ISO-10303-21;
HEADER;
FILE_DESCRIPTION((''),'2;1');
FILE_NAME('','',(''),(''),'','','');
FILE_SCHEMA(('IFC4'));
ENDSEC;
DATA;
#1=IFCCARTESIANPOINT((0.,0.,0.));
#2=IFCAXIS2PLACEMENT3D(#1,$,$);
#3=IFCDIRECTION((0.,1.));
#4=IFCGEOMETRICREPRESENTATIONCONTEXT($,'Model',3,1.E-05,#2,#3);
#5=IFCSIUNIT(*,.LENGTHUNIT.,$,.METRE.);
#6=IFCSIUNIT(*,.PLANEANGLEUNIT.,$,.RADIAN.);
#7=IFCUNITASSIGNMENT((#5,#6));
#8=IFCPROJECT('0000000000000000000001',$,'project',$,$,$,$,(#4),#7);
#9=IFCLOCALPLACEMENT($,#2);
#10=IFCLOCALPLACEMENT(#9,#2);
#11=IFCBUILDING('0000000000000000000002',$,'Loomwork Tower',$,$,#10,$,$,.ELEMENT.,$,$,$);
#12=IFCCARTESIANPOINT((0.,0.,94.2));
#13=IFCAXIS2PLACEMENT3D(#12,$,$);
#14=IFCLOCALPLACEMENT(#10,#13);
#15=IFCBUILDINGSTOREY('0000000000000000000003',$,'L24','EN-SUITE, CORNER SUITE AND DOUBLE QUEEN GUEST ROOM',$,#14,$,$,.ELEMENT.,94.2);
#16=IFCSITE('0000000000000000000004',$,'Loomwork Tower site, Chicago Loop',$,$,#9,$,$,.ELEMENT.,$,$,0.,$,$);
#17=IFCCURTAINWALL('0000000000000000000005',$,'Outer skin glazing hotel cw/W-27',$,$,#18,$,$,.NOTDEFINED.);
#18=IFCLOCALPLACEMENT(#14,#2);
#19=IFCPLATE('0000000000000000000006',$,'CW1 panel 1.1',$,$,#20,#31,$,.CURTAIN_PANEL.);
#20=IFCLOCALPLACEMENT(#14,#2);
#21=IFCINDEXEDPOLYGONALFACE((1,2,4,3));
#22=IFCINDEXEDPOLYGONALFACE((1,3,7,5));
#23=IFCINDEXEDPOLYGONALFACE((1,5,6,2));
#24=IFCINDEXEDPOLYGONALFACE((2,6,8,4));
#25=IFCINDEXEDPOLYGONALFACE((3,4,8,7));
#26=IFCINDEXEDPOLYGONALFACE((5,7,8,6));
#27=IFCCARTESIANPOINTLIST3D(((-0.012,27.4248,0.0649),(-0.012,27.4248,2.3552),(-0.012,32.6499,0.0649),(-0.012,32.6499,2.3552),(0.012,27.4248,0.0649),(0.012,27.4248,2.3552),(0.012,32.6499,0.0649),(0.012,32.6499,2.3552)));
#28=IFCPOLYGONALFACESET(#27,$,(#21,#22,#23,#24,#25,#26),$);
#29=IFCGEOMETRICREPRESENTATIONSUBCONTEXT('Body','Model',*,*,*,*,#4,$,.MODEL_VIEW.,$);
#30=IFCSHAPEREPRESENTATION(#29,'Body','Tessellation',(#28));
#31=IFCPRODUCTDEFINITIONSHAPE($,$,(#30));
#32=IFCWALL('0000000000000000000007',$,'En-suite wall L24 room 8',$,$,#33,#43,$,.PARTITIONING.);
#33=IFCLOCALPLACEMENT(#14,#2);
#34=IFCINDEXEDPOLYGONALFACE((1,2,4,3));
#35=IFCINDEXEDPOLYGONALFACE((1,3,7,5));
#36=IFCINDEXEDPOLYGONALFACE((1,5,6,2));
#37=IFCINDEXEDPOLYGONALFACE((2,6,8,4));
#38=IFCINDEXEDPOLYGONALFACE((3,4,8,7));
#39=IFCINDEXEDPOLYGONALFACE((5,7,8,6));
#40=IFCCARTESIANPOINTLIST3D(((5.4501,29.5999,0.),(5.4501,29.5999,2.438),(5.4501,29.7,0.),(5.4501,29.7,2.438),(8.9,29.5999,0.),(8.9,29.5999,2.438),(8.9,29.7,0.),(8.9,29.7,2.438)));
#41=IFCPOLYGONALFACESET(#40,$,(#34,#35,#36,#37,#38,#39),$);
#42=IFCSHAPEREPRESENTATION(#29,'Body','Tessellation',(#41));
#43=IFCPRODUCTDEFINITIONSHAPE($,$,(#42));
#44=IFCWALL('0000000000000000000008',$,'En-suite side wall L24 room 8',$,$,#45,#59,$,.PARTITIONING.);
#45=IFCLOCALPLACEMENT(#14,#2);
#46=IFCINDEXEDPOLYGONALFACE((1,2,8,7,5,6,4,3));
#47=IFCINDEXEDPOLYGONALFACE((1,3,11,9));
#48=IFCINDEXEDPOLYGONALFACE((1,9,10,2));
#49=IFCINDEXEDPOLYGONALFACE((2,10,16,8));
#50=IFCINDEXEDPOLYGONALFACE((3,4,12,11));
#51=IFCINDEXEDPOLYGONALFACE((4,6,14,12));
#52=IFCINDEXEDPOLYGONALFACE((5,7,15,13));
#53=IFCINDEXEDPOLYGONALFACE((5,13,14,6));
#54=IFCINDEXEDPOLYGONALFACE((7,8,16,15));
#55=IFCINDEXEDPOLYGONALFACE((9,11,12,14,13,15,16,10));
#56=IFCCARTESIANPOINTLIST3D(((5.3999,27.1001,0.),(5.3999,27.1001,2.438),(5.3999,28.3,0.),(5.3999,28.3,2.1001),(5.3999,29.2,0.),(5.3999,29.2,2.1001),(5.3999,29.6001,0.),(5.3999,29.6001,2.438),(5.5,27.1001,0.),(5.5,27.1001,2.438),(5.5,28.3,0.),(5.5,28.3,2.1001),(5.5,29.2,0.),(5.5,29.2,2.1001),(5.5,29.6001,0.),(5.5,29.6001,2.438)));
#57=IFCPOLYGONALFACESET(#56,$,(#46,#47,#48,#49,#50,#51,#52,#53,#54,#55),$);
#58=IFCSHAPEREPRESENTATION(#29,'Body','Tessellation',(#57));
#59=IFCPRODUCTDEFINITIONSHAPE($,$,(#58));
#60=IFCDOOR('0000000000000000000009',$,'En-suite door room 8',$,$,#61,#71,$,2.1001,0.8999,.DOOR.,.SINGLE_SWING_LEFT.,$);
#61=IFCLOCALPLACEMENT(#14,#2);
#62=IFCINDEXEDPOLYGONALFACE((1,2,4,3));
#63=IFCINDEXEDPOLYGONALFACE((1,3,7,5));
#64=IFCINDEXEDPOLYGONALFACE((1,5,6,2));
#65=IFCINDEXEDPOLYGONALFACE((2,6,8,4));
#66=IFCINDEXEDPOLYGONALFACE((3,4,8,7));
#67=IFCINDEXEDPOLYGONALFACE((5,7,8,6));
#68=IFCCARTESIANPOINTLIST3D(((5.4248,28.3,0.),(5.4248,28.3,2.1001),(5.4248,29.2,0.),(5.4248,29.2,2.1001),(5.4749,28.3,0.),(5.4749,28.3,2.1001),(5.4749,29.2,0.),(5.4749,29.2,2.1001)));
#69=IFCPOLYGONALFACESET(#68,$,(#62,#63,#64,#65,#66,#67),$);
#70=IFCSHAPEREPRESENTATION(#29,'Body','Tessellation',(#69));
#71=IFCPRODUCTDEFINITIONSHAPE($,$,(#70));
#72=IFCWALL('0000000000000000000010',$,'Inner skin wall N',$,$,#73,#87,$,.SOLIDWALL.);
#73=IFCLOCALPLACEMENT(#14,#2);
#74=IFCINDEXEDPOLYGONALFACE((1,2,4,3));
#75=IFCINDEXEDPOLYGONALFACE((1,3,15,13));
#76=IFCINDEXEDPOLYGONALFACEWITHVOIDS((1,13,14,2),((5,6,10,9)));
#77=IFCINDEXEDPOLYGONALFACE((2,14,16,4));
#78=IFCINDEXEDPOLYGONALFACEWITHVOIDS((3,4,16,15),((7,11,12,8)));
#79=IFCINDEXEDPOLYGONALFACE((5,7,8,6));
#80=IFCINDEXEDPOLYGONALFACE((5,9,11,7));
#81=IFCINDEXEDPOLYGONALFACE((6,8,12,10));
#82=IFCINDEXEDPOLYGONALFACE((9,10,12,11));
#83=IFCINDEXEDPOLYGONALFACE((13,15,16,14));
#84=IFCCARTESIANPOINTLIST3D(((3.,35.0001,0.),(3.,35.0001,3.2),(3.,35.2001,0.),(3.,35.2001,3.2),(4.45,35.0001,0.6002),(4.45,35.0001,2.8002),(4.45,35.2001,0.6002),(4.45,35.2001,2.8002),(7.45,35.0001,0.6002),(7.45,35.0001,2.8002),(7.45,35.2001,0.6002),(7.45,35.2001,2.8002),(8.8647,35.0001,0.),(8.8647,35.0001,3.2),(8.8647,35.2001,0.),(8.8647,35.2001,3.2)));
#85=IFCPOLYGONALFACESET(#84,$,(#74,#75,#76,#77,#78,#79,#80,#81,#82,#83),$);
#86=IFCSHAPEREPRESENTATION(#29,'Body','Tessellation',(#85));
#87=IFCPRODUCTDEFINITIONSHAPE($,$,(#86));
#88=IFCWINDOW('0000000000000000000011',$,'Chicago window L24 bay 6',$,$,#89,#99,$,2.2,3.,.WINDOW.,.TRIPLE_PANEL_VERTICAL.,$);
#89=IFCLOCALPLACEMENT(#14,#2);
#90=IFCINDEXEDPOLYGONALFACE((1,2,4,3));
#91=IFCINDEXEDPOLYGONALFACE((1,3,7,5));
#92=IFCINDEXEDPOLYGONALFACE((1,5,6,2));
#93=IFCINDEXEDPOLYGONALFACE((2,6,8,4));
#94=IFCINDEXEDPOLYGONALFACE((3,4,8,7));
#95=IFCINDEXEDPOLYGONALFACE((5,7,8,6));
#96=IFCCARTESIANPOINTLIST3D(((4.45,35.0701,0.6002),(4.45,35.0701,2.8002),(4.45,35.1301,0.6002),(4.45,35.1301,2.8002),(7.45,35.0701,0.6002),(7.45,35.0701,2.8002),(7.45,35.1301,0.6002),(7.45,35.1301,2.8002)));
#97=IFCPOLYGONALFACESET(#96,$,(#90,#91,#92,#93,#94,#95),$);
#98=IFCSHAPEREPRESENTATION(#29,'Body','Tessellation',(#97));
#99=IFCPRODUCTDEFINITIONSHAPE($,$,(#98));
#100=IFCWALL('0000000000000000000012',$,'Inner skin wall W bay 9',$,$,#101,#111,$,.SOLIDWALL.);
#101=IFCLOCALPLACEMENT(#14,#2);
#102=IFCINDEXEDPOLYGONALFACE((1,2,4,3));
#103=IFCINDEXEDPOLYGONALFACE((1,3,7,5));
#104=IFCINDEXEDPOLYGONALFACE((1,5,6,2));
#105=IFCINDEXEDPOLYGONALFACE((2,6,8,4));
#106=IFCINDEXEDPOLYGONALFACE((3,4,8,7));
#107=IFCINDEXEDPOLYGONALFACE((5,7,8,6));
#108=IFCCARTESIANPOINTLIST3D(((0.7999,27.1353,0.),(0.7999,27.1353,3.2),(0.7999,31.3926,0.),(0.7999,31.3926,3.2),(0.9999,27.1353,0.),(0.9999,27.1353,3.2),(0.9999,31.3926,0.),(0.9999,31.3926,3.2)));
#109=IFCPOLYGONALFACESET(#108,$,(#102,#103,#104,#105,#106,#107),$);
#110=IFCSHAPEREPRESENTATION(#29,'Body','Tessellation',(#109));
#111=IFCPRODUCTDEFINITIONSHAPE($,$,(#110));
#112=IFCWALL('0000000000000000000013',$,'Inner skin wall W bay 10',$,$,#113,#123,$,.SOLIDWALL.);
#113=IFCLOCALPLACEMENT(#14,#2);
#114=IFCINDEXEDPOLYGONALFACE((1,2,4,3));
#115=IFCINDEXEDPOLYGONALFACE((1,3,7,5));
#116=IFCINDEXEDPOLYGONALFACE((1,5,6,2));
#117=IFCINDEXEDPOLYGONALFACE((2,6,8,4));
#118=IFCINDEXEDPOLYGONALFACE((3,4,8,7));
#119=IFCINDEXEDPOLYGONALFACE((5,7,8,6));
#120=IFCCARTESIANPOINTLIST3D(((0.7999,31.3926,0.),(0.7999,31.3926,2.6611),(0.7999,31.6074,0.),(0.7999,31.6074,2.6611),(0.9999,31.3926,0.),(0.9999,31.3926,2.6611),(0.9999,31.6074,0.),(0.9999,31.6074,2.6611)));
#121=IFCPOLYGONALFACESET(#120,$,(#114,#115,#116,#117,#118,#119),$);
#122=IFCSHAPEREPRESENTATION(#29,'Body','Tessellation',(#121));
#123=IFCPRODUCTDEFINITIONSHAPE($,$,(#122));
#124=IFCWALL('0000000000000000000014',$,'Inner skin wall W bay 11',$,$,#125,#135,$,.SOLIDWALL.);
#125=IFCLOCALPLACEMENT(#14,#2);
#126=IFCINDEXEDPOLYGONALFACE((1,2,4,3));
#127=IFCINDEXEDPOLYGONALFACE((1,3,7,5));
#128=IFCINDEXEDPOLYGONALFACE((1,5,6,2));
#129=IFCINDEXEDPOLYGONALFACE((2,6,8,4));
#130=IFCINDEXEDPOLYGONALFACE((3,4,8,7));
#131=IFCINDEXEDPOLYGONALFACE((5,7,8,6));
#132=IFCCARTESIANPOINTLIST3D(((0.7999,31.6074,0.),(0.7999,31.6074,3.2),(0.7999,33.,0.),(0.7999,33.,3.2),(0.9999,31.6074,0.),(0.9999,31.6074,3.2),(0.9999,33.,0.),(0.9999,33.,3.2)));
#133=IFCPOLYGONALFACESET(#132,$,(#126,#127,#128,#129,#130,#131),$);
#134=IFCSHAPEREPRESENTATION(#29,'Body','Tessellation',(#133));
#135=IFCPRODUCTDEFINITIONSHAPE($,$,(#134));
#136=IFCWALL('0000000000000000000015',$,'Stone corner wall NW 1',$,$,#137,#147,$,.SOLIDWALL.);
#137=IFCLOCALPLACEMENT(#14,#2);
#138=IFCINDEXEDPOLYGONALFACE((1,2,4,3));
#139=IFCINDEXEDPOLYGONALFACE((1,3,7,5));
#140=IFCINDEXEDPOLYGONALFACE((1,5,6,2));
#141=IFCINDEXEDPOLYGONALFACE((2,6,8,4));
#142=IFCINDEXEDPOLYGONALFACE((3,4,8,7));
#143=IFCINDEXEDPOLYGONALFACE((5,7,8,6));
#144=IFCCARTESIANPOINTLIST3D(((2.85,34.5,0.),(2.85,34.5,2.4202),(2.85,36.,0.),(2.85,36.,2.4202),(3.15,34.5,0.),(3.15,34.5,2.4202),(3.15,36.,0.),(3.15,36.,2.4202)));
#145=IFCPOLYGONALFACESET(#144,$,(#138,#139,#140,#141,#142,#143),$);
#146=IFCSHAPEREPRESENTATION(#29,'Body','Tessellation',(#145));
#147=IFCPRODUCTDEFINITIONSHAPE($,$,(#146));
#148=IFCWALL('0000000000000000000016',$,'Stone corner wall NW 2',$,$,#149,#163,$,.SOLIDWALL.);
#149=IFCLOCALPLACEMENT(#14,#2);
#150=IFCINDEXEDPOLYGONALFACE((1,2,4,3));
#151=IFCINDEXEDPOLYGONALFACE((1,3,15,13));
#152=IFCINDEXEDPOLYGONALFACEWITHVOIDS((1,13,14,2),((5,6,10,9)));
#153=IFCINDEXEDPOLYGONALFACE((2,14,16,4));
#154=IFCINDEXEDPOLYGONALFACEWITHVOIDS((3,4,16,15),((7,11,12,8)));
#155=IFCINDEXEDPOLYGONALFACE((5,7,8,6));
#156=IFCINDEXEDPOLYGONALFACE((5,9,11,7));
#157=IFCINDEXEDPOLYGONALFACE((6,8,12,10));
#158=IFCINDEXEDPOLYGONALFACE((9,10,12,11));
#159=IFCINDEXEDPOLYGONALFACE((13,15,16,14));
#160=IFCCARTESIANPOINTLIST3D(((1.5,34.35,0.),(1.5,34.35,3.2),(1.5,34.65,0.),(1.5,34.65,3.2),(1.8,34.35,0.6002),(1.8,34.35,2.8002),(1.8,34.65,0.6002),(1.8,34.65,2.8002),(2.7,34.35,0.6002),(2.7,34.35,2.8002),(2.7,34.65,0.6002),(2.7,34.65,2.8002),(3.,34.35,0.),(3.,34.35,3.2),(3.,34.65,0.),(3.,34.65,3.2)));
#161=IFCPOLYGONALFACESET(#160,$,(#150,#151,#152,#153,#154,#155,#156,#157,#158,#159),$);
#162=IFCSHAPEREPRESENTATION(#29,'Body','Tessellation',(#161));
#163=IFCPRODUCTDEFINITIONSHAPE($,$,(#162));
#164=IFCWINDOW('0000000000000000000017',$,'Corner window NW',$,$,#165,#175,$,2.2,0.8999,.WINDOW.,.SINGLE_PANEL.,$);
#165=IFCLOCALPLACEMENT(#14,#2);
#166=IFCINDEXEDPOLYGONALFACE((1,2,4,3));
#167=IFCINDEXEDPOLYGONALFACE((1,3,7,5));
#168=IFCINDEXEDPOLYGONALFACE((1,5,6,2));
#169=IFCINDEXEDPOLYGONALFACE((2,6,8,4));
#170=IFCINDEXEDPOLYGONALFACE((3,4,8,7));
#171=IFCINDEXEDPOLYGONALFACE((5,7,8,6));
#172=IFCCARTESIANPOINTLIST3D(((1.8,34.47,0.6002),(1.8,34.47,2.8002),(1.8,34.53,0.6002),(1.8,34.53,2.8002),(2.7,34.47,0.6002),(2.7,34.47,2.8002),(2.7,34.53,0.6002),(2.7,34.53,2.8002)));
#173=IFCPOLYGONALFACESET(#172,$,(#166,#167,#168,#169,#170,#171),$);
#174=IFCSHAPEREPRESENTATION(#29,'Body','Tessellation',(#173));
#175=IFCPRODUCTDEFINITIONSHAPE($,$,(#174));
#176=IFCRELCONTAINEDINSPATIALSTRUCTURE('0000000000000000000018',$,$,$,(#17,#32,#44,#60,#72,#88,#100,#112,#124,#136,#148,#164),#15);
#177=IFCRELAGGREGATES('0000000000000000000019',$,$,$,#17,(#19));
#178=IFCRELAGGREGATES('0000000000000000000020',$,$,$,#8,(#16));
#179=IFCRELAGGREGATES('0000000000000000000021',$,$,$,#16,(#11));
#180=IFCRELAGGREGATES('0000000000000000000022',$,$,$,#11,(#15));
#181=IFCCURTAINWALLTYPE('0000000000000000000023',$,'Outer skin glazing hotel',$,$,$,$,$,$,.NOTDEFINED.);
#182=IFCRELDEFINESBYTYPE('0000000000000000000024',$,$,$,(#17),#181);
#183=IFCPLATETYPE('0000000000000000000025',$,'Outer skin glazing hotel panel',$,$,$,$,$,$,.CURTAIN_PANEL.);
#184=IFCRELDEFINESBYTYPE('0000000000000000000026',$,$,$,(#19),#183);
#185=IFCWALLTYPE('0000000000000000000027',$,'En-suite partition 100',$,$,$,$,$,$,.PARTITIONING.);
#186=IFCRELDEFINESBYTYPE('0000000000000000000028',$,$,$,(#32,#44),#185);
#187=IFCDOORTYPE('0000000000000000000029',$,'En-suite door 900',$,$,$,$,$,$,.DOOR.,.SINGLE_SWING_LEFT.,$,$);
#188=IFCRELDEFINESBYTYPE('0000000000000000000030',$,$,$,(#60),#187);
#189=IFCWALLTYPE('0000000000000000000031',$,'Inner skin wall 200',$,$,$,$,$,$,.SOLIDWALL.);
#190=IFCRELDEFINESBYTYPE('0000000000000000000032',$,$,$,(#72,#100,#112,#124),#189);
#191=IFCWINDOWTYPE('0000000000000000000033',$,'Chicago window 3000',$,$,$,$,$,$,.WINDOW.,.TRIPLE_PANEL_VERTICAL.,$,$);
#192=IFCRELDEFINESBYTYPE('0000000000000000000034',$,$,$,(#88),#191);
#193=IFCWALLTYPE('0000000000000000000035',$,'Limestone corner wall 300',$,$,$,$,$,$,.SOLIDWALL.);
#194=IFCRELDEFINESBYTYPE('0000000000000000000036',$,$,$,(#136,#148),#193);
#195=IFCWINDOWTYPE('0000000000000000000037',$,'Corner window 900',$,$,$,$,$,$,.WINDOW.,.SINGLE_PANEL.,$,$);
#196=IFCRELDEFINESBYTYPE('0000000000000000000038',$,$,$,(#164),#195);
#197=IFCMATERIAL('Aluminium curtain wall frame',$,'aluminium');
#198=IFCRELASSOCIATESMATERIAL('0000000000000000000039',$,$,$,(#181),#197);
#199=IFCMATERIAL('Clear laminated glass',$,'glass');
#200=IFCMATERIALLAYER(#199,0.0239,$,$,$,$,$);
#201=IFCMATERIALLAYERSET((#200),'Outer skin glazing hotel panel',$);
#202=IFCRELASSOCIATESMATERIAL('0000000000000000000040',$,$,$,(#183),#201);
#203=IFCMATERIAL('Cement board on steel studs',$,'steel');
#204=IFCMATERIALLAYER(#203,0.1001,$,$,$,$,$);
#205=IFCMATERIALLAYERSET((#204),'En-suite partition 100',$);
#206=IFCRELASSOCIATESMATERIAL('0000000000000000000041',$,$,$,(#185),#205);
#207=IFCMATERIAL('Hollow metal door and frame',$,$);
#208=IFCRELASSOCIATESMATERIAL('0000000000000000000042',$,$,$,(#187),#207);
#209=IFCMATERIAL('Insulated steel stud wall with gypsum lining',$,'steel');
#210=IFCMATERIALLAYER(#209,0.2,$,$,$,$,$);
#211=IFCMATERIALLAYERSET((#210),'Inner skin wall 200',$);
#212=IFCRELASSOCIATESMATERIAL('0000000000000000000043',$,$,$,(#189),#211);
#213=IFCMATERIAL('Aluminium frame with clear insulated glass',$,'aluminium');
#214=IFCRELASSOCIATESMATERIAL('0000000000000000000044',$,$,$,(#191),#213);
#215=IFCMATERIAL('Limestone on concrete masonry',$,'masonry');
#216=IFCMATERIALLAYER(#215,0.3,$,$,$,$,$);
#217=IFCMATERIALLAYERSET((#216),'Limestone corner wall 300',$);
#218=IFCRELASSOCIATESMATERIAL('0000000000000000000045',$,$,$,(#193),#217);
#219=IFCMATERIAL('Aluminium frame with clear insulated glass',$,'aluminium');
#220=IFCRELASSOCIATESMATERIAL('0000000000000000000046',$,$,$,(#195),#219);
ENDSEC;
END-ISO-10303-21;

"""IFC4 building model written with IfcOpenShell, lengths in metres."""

from ifc_helpers import new_model, si_unit, direction, frame, frame_2d, origin, origin_2d, place, context, subcontext, project, spatial, rectangle, extrude, material, layer, layer_set, type_object, element, fill, aggregate, save


model = new_model("IFC4")

# Units and contexts
model_context = context("Model", 3, precision=1e-05, world=origin(), true_north=direction((0.0, 1.0)))
body_context = subcontext(model_context, "Body", "Model", "MODEL_VIEW")
ifc_project = project(units=[si_unit("LENGTHUNIT", "METRE"), si_unit("PLANEANGLEUNIT", "RADIAN")], contexts=[model_context])

# Site, building, storey
site_placement = place(None, origin())
site = spatial("IfcSite", under=ifc_project, at=site_placement, Name="Loomwork Tower site, Chicago Loop", CompositionType="ELEMENT", RefElevation=0.0)
building_placement = place(site_placement, origin())
building = spatial("IfcBuilding", under=site, at=building_placement, Name="Loomwork Tower", CompositionType="ELEMENT")
storey_placement = place(building_placement, frame((0.0, 0.0, 94.2)))
storey = spatial("IfcBuildingStorey", under=building, at=storey_placement, Name="L24", Description="EN-SUITE, CORNER SUITE AND DOUBLE QUEEN GUEST ROOM", CompositionType="ELEMENT", Elevation=94.2)

# Curtain wall
ifc_material_1 = material(Name="Aluminium curtain wall frame", Category="aluminium")
curtain_wall_type = type_object("IfcCurtainWallType", Name="Outer skin glazing hotel", PredefinedType="NOTDEFINED", material=ifc_material_1)
curtain_wall_1_placement = place(storey_placement, origin())
curtain_wall_1 = element("IfcCurtainWall", 1, at=curtain_wall_1_placement, inside=storey, type_object=curtain_wall_type, Name="Outer skin glazing hotel cw/W-27", PredefinedType="NOTDEFINED")

# Plate
ifc_material_2 = material(Name="Clear laminated glass", Category="glass")
ifc_layer_1 = layer(ifc_material_2, 0.0239)
ifc_layer_set_1 = layer_set([ifc_layer_1], Name="Outer skin glazing hotel panel")
plate_type = type_object("IfcPlateType", Name="Outer skin glazing hotel panel", PredefinedType="CURTAIN_PANEL", material=ifc_layer_set_1)
plate_1_placement = place(storey_placement, frame((0.0, 30.0374, 0.0649), z_axis=(0.0, 0.0, 1.0), x_axis=(0.0, -1.0, 0.0)))
plate_1 = element("IfcPlate", 2, at=plate_1_placement, type_object=plate_type, Name="CW1 panel 1.1", PredefinedType="CURTAIN_PANEL", context=body_context, shape_type="SweptSolid", body=[
    extrude(rectangle(XDim=5.2251, YDim=0.0239, at=origin_2d()), origin(), (0.0, 0.0, 1.0), 2.2903),
])
aggregate(curtain_wall_1, [plate_1])

# Wall
ifc_material_3 = material(Name="Cement board on steel studs", Category="steel")
ifc_layer_2 = layer(ifc_material_3, 0.1001)
ifc_layer_set_2 = layer_set([ifc_layer_2], Name="En-suite partition 100")
wall_type_1 = type_object("IfcWallType", Name="En-suite partition 100", PredefinedType="PARTITIONING", material=ifc_layer_set_2)
wall_1_placement = place(storey_placement, frame((5.45, 29.6499, 0.0), z_axis=(0.0, 0.0, 1.0), x_axis=(1.0, 0.0, 0.0)))
element("IfcWall", 3, at=wall_1_placement, inside=storey, type_object=wall_type_1, Name="En-suite wall L24 room 8", PredefinedType="PARTITIONING", context=body_context, shape_type="SweptSolid", body=[
    extrude(rectangle(XDim=3.45, YDim=0.1001, at=frame_2d((1.7251, 0.0))), origin(), (0.0, 0.0, 1.0), 2.438),
])

# Wall, opening, door
wall_2_placement = place(storey_placement, frame((5.45, 27.1001, 0.0), z_axis=(0.0, 0.0, 1.0), x_axis=(0.0, 1.0, 0.0)))
wall_2 = element("IfcWall", 4, at=wall_2_placement, inside=storey, type_object=wall_type_1, Name="En-suite side wall L24 room 8", PredefinedType="PARTITIONING", context=body_context, shape_type="SweptSolid", body=[
    extrude(rectangle(XDim=2.5, YDim=0.1001, at=frame_2d((1.25, 0.0))), origin(), (0.0, 0.0, 1.0), 2.438),
])
opening_1_placement = place(wall_2_placement, frame((1.2, 0.0, 0.0)))
opening_1 = element("IfcOpeningElement", 5, at=opening_1_placement, cuts=wall_2, PredefinedType="OPENING", context=body_context, shape_type="SweptSolid", body=[
    extrude(rectangle(XDim=0.8999, YDim=2.1001, at=frame_2d((0.45, 1.05))), frame((0.0, 0.0601, 0.0), z_axis=(0.0, -1.0, 0.0), x_axis=(1.0, 0.0, 0.0)), (0.0, 0.0, 1.0), 0.1201),
])
ifc_material_4 = material(Name="Hollow metal door and frame")
door_type = type_object("IfcDoorType", Name="En-suite door 900", OperationType="SINGLE_SWING_LEFT", PredefinedType="DOOR", material=ifc_material_4)
door_placement = place(opening_1_placement, frame((0.8999, 0.0, 0.0), z_axis=(0.0, 0.0, 1.0), x_axis=(-1.0, 0.0, 0.0)))
door = element("IfcDoor", 6, at=door_placement, inside=storey, type_object=door_type, Name="En-suite door room 8", OperationType="SINGLE_SWING_LEFT", OverallHeight=2.1001, OverallWidth=0.8999, PredefinedType="DOOR", context=body_context, shape_type="SweptSolid", body=[
    extrude(rectangle(XDim=0.8999, YDim=2.1001, at=frame_2d((0.45, 1.05))), frame((0.0, 0.0249, 0.0), z_axis=(0.0, -1.0, 0.0), x_axis=(1.0, 0.0, 0.0)), (0.0, 0.0, 1.0), 0.05),
])
fill(opening_1, door)

# Wall, opening, window
ifc_material_5 = material(Name="Insulated steel stud wall with gypsum lining", Category="steel")
ifc_layer_3 = layer(ifc_material_5, 0.2)
ifc_layer_set_3 = layer_set([ifc_layer_3], Name="Inner skin wall 200")
wall_type_2 = type_object("IfcWallType", Name="Inner skin wall 200", PredefinedType="SOLIDWALL", material=ifc_layer_set_3)
wall_3_placement = place(storey_placement, frame((3.0, 35.1001, 0.0), z_axis=(0.0, 0.0, 1.0), x_axis=(1.0, 0.0, 0.0)))
wall_3 = element("IfcWall", 7, at=wall_3_placement, inside=storey, type_object=wall_type_2, Name="Inner skin wall N", PredefinedType="SOLIDWALL", context=body_context, shape_type="SweptSolid", body=[
    extrude(rectangle(XDim=5.8647, YDim=0.2, at=frame_2d((2.9324, 0.0))), origin(), (0.0, 0.0, 1.0), 3.2),
])
opening_2_placement = place(wall_3_placement, frame((1.45, 0.0, 0.6001)))
opening_2 = element("IfcOpeningElement", 8, at=opening_2_placement, cuts=wall_3, PredefinedType="OPENING", context=body_context, shape_type="SweptSolid", body=[
    extrude(rectangle(XDim=3.0, YDim=2.2, at=frame_2d((1.5, 1.1001))), frame((0.0, 0.1099, 0.0), z_axis=(0.0, -1.0, 0.0), x_axis=(1.0, 0.0, 0.0)), (0.0, 0.0, 1.0), 0.22),
])
ifc_material_6 = material(Name="Aluminium frame with clear insulated glass", Category="aluminium")
window_type_1 = type_object("IfcWindowType", Name="Chicago window 3000", PartitioningType="TRIPLE_PANEL_VERTICAL", PredefinedType="WINDOW", material=ifc_material_6)
window_1_placement = place(opening_2_placement, origin())
window_1 = element("IfcWindow", 9, at=window_1_placement, inside=storey, type_object=window_type_1, Name="Chicago window L24 bay 6", OverallHeight=2.2, OverallWidth=3.0, PartitioningType="TRIPLE_PANEL_VERTICAL", PredefinedType="WINDOW", context=body_context, shape_type="SweptSolid", body=[
    extrude(rectangle(XDim=3.0, YDim=2.2, at=frame_2d((1.5, 1.1001))), frame((0.0, 0.03, 0.0), z_axis=(0.0, -1.0, 0.0), x_axis=(1.0, 0.0, 0.0)), (0.0, 0.0, 1.0), 0.0601),
])
fill(opening_2, window_1)

# Walls
wall_4_placement = place(storey_placement, frame((0.8999, 27.1353, 0.0), z_axis=(0.0, 0.0, 1.0), x_axis=(0.0, 1.0, 0.0)))
element("IfcWall", 10, at=wall_4_placement, inside=storey, type_object=wall_type_2, Name="Inner skin wall W bay 9", PredefinedType="SOLIDWALL", context=body_context, shape_type="SweptSolid", body=[
    extrude(rectangle(XDim=4.2573, YDim=0.2, at=frame_2d((2.1287, 0.0))), origin(), (0.0, 0.0, 1.0), 3.2),
])
wall_5_placement = place(storey_placement, frame((0.8999, 31.3926, 0.0), z_axis=(0.0, 0.0, 1.0), x_axis=(0.0, 1.0, 0.0)))
element("IfcWall", 11, at=wall_5_placement, inside=storey, type_object=wall_type_2, Name="Inner skin wall W bay 10", PredefinedType="SOLIDWALL", context=body_context, shape_type="SweptSolid", body=[
    extrude(rectangle(XDim=0.2148, YDim=0.2, at=frame_2d((0.1074, 0.0))), origin(), (0.0, 0.0, 1.0), 2.6611),
])
wall_6_placement = place(storey_placement, frame((0.8999, 31.6074, 0.0), z_axis=(0.0, 0.0, 1.0), x_axis=(0.0, 1.0, 0.0)))
element("IfcWall", 12, at=wall_6_placement, inside=storey, type_object=wall_type_2, Name="Inner skin wall W bay 11", PredefinedType="SOLIDWALL", context=body_context, shape_type="SweptSolid", body=[
    extrude(rectangle(XDim=1.3926, YDim=0.2, at=frame_2d((0.6963, 0.0))), origin(), (0.0, 0.0, 1.0), 3.2),
])
ifc_material_7 = material(Name="Limestone on concrete masonry", Category="masonry")
ifc_layer_4 = layer(ifc_material_7, 0.3)
ifc_layer_set_4 = layer_set([ifc_layer_4], Name="Limestone corner wall 300")
wall_type_3 = type_object("IfcWallType", Name="Limestone corner wall 300", PredefinedType="SOLIDWALL", material=ifc_layer_set_4)
wall_7_placement = place(storey_placement, frame((3.0, 36.0, 0.0), z_axis=(0.0, 0.0, 1.0), x_axis=(0.0, -1.0, 0.0)))
element("IfcWall", 13, at=wall_7_placement, inside=storey, type_object=wall_type_3, Name="Stone corner wall NW 1", PredefinedType="SOLIDWALL", context=body_context, shape_type="SweptSolid", body=[
    extrude(rectangle(XDim=1.5, YDim=0.3, at=frame_2d((0.75, 0.0))), origin(), (0.0, 0.0, 1.0), 2.4202),
])

# Wall, opening, window
wall_8_placement = place(storey_placement, frame((3.0, 34.5, 0.0), z_axis=(0.0, 0.0, 1.0), x_axis=(-1.0, 0.0, 0.0)))
wall_8 = element("IfcWall", 14, at=wall_8_placement, inside=storey, type_object=wall_type_3, Name="Stone corner wall NW 2", PredefinedType="SOLIDWALL", context=body_context, shape_type="SweptSolid", body=[
    extrude(rectangle(XDim=1.5, YDim=0.3, at=frame_2d((0.75, 0.0))), origin(), (0.0, 0.0, 1.0), 3.2),
])
opening_3_placement = place(wall_8_placement, frame((0.3, 0.0, 0.6001)))
opening_3 = element("IfcOpeningElement", 15, at=opening_3_placement, cuts=wall_8, PredefinedType="OPENING", context=body_context, shape_type="SweptSolid", body=[
    extrude(rectangle(XDim=0.8999, YDim=2.2, at=frame_2d((0.45, 1.1001))), frame((0.0, 0.1599, 0.0), z_axis=(0.0, -1.0, 0.0), x_axis=(1.0, 0.0, 0.0)), (0.0, 0.0, 1.0), 0.3201),
])
ifc_material_8 = material(Name="Aluminium frame with clear insulated glass", Category="aluminium")
window_type_2 = type_object("IfcWindowType", Name="Corner window 900", PartitioningType="SINGLE_PANEL", PredefinedType="WINDOW", material=ifc_material_8)
window_2_placement = place(opening_3_placement, origin())
window_2 = element("IfcWindow", 16, at=window_2_placement, inside=storey, type_object=window_type_2, Name="Corner window NW", OverallHeight=2.2, OverallWidth=0.8999, PartitioningType="SINGLE_PANEL", PredefinedType="WINDOW", context=body_context, shape_type="SweptSolid", body=[
    extrude(rectangle(XDim=0.8999, YDim=2.2, at=frame_2d((0.45, 1.1001))), frame((0.0, 0.03, 0.0), z_axis=(0.0, -1.0, 0.0), x_axis=(1.0, 0.0, 0.0)), (0.0, 0.0, 1.0), 0.0601),
])
fill(opening_3, window_2)

save(model, "model.ifc")
